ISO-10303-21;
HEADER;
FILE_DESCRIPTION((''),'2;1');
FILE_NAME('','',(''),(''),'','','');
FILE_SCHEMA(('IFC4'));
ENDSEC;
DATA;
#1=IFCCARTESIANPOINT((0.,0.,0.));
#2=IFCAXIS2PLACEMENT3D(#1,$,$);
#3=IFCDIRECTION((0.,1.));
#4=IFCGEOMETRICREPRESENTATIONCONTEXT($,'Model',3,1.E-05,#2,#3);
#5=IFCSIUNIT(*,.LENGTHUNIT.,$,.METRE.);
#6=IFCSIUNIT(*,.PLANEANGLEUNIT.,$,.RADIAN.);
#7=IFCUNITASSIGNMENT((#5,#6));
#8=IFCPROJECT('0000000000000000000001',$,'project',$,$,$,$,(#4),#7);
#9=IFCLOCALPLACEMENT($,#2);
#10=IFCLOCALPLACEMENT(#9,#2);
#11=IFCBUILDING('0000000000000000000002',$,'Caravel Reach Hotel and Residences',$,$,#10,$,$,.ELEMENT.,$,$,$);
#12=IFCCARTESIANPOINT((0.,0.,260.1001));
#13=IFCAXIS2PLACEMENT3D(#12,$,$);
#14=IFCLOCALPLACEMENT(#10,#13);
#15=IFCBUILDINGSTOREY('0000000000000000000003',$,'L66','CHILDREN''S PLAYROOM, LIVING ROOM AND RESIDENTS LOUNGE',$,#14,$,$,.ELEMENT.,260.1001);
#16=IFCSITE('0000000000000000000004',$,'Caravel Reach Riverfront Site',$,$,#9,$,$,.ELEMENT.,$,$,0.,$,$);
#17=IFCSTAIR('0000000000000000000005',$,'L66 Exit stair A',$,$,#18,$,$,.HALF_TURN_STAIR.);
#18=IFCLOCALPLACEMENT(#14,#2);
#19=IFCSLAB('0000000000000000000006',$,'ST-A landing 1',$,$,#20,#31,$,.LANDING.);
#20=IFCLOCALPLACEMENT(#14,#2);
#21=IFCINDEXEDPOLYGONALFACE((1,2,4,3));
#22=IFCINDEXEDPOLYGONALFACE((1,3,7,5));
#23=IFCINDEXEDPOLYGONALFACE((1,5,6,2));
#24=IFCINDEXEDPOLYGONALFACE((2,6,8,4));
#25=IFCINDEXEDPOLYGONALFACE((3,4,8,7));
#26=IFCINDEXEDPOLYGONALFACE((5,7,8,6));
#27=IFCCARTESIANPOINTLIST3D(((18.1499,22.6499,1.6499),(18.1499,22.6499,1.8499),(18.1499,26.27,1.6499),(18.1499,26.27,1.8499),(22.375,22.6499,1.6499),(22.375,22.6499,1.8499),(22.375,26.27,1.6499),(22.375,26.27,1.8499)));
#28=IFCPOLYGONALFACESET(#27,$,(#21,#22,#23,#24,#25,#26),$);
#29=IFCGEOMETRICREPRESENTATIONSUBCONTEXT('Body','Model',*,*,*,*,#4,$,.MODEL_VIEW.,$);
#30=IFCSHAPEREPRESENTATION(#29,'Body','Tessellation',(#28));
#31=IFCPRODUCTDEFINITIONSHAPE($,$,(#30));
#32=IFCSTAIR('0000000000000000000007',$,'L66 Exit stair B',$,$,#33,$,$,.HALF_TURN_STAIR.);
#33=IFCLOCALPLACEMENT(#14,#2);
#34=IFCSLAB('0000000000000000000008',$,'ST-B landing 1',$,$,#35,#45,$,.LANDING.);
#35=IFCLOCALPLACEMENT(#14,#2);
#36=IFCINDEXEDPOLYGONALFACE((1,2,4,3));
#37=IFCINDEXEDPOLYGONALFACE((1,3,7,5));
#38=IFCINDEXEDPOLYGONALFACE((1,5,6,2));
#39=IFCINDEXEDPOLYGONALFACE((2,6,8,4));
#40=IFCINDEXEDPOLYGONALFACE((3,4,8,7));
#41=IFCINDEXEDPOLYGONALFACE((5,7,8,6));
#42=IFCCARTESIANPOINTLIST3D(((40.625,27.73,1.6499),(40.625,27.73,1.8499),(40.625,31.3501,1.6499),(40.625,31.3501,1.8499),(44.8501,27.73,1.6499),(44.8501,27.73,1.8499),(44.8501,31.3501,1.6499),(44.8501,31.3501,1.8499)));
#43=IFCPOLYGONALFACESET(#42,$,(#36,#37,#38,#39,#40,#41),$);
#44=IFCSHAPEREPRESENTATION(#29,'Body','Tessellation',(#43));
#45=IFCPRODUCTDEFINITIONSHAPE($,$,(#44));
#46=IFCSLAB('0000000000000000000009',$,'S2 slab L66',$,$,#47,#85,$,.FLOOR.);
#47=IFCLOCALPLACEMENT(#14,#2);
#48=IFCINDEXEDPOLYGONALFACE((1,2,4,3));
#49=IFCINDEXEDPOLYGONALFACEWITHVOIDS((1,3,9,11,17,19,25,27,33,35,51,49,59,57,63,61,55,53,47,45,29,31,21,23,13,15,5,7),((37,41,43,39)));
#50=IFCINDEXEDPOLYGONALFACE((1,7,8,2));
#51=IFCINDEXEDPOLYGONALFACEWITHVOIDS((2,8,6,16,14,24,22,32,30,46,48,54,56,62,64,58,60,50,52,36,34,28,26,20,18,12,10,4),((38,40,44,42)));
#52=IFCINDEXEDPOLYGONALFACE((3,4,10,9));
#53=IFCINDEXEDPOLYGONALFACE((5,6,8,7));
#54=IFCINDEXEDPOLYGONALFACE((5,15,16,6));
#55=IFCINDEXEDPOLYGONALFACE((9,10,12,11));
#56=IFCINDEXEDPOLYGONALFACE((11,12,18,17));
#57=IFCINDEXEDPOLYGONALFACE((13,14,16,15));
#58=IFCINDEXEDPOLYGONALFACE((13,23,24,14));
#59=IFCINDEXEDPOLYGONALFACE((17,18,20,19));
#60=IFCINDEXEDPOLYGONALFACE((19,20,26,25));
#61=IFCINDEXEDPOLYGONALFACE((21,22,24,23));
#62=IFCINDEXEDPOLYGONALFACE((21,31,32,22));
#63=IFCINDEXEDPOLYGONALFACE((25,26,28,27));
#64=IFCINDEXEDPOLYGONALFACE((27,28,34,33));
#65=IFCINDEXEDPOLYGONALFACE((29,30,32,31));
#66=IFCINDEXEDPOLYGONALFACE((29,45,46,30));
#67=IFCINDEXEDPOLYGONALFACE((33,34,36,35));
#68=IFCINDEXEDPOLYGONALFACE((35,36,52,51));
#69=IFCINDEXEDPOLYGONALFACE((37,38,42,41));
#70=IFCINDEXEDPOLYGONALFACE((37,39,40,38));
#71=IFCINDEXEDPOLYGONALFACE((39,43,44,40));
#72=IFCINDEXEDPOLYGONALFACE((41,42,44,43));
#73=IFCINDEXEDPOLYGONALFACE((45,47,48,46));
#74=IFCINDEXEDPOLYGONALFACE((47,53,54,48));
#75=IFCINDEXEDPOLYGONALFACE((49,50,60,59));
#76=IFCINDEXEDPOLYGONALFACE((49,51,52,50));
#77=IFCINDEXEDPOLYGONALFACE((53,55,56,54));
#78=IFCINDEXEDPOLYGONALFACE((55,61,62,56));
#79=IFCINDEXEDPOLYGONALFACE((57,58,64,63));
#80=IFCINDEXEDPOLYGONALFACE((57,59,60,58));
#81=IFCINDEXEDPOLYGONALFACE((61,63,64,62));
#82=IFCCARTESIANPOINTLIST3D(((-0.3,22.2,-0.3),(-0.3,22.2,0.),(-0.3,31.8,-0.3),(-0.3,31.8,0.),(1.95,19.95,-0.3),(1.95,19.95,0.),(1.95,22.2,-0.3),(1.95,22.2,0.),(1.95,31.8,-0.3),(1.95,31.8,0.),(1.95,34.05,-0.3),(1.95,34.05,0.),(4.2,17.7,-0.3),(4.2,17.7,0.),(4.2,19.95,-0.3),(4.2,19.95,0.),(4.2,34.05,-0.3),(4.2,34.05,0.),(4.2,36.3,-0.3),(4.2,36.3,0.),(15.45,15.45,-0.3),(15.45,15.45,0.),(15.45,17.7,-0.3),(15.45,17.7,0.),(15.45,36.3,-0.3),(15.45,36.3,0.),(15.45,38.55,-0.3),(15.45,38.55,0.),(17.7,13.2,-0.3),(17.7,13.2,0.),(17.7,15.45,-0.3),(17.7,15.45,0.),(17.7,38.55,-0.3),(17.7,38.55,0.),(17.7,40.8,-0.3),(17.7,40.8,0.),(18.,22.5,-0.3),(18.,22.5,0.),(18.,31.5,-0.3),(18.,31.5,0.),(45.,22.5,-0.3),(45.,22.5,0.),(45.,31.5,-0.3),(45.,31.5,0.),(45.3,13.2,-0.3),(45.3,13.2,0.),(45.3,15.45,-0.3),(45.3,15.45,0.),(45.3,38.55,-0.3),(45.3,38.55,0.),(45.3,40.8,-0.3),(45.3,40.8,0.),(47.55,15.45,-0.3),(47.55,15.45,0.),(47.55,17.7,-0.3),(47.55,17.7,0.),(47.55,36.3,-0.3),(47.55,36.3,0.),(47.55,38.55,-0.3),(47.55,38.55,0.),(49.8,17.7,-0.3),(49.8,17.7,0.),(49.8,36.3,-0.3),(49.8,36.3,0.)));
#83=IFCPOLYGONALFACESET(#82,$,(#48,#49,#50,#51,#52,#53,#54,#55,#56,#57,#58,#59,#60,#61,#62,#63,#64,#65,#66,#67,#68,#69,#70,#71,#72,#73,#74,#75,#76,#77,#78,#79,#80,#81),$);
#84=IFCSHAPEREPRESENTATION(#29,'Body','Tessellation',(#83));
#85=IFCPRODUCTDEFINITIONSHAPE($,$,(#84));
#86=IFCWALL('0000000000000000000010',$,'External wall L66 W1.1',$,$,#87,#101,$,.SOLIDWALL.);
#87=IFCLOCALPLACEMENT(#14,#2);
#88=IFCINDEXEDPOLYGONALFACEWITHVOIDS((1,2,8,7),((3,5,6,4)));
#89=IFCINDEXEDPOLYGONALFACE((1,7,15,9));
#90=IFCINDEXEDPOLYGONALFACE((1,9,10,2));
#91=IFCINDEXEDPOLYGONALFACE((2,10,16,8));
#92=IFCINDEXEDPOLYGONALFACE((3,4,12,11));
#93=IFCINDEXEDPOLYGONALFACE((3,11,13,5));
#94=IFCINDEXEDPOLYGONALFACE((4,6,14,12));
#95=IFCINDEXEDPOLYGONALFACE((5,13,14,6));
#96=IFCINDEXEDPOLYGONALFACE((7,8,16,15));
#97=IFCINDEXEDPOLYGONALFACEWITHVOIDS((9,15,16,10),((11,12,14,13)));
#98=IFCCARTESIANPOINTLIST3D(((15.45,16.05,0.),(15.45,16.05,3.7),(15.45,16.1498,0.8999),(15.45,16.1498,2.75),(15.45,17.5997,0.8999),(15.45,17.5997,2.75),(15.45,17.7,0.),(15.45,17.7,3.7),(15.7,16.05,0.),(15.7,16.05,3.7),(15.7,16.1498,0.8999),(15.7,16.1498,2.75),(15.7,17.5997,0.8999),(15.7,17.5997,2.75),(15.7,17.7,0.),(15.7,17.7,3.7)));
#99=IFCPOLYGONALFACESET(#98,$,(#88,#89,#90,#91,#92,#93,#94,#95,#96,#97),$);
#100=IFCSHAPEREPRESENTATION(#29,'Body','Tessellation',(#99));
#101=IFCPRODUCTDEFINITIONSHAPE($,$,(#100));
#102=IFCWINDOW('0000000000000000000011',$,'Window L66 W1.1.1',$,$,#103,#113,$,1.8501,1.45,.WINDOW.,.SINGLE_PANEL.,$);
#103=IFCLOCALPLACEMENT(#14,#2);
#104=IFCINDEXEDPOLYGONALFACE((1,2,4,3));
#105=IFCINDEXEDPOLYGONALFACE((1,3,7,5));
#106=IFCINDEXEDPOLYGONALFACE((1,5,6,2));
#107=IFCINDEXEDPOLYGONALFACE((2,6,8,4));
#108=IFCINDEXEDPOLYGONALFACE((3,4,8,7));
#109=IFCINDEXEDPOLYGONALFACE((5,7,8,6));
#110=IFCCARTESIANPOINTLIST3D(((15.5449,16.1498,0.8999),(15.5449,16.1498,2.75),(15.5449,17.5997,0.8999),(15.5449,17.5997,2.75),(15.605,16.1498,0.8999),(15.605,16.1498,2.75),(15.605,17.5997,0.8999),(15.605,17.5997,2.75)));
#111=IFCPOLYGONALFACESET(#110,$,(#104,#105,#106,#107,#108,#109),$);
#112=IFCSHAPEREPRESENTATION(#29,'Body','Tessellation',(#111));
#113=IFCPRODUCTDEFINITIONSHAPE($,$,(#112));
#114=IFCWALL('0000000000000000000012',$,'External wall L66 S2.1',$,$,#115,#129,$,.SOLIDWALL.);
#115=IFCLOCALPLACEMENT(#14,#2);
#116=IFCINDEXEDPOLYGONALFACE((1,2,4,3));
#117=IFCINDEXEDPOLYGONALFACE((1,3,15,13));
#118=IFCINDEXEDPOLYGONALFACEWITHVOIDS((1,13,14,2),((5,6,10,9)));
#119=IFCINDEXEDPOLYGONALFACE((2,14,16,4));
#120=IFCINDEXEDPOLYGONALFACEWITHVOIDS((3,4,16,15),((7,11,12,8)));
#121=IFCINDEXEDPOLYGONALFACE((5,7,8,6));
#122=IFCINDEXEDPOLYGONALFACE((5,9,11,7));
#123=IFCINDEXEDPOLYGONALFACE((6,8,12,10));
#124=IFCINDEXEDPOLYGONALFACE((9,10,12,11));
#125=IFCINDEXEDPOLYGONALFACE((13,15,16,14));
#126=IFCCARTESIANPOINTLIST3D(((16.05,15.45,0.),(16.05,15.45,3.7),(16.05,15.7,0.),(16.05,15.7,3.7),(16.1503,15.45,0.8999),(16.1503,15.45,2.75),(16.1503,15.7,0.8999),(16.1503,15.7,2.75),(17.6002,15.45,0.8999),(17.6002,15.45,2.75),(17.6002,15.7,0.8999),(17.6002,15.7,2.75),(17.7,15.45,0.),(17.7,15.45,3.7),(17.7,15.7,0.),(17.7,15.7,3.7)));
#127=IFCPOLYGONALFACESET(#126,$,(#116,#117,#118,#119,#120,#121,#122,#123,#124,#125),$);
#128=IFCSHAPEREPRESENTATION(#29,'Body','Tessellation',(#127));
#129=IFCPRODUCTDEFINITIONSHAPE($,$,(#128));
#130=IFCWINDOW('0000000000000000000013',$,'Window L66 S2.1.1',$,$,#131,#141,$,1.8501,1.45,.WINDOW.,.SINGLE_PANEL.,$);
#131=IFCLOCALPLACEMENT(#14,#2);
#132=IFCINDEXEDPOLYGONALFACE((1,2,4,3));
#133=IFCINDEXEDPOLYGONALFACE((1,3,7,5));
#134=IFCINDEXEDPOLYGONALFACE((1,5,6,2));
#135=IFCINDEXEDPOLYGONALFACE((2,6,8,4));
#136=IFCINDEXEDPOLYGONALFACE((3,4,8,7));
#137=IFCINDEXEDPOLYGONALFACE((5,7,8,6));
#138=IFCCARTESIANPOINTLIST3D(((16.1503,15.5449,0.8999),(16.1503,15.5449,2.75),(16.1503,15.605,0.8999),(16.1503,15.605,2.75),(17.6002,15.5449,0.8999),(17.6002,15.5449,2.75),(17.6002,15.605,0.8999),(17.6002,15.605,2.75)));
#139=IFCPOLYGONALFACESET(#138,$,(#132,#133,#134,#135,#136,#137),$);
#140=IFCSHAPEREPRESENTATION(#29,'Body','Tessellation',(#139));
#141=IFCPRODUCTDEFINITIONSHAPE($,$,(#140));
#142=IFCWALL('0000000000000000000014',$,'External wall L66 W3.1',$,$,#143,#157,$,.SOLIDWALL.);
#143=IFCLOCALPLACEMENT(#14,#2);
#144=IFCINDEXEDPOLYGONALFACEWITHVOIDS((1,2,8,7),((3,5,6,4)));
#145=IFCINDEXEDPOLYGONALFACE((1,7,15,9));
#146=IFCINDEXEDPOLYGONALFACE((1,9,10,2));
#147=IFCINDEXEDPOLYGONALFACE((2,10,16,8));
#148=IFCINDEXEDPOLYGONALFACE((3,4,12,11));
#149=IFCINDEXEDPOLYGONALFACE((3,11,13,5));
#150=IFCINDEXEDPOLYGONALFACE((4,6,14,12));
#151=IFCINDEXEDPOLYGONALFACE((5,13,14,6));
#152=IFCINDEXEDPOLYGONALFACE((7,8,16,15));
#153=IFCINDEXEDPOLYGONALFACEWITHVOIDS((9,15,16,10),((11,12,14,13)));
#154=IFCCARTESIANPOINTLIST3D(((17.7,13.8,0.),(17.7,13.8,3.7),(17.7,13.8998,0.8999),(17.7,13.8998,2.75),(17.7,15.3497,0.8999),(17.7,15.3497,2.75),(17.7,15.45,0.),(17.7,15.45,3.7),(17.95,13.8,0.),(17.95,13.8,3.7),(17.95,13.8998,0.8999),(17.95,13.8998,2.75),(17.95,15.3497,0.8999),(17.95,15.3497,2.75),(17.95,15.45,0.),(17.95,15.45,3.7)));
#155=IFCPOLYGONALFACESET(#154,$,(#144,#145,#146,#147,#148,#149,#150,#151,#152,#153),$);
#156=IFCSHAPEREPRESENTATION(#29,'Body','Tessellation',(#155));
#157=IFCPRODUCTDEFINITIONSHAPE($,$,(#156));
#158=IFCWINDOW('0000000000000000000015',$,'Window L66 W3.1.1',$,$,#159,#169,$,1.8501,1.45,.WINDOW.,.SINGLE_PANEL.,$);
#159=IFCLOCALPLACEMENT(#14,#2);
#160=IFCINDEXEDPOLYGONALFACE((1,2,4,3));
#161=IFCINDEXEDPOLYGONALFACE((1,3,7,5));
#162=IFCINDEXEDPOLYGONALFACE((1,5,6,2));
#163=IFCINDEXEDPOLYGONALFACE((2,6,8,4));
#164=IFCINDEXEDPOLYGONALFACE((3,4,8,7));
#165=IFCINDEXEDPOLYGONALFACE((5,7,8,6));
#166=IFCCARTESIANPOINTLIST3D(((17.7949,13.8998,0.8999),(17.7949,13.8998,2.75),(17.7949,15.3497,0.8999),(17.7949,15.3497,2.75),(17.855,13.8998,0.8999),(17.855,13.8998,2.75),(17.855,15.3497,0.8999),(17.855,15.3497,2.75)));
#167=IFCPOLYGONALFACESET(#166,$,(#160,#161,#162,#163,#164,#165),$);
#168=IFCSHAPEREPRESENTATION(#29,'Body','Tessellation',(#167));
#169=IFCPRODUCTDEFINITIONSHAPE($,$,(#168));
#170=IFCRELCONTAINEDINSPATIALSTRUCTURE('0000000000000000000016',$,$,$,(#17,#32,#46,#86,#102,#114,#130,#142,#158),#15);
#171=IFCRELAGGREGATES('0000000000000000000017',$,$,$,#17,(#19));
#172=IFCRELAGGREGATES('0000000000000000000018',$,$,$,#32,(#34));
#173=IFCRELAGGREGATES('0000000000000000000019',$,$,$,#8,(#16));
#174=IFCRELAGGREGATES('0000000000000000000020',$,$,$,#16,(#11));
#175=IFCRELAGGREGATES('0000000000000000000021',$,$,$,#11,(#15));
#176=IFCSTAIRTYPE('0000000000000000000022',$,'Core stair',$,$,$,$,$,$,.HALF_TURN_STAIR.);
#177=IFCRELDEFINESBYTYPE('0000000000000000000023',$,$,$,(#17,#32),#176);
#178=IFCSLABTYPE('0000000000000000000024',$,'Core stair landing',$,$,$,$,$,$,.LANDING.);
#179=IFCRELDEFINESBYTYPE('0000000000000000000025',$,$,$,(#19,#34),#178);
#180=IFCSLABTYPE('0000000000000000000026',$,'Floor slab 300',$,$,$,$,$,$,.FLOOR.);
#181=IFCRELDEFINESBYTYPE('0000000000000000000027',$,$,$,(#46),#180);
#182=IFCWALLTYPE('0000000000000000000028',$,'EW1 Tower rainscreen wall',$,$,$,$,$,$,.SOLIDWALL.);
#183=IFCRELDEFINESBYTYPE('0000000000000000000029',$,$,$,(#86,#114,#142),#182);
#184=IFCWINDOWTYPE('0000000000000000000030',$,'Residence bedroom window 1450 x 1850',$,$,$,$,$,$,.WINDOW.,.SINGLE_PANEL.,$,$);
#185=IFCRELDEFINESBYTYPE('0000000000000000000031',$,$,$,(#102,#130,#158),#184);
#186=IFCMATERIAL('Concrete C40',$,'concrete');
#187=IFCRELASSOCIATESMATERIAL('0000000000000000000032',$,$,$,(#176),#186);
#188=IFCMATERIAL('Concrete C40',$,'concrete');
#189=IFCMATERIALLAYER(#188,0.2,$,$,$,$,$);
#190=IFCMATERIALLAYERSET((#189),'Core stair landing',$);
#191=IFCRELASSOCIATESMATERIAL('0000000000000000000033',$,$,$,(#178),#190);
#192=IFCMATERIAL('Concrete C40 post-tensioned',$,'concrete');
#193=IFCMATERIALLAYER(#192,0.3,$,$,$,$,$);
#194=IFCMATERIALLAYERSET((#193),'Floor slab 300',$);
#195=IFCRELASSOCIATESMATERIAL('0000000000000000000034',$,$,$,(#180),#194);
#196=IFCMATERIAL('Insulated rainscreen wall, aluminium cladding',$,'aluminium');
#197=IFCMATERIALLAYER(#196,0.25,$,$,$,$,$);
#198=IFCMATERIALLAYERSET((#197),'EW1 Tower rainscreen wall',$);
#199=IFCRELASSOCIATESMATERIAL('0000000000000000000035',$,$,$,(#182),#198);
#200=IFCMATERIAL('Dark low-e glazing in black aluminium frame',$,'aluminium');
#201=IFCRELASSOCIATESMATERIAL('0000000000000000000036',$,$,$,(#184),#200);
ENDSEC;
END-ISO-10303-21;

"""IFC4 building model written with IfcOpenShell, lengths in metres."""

from ifc_helpers import new_model, si_unit, direction, frame, frame_2d, origin, place, context, subcontext, project, spatial, polyline, rectangle, outline, extrude, material, layer, layer_set, type_object, element, fill, aggregate, save


model = new_model("IFC4")

# Units and contexts
model_context = context("Model", 3, precision=1e-05, world=origin(), true_north=direction((0.0, 1.0)))
body_context = subcontext(model_context, "Body", "Model", "MODEL_VIEW")
ifc_project = project(units=[si_unit("LENGTHUNIT", "METRE"), si_unit("PLANEANGLEUNIT", "RADIAN")], contexts=[model_context])

# Site, building, storey
site_placement = place(None, origin())
site = spatial("IfcSite", under=ifc_project, at=site_placement, Name="Caravel Reach Riverfront Site", CompositionType="ELEMENT", RefElevation=0.0)
building_placement = place(site_placement, origin())
building = spatial("IfcBuilding", under=site, at=building_placement, Name="Caravel Reach Hotel and Residences", CompositionType="ELEMENT")
storey_placement = place(building_placement, frame((0.0, 0.0, 260.1001)))
storey = spatial("IfcBuildingStorey", under=building, at=storey_placement, Name="L66", Description="CHILDREN'S PLAYROOM, LIVING ROOM AND RESIDENTS LOUNGE", CompositionType="ELEMENT", Elevation=260.1001)

# Stairs, slabs
ifc_material_1 = material(Name="Concrete C40", Category="concrete")
stair_type = type_object("IfcStairType", Name="Core stair", PredefinedType="HALF_TURN_STAIR", material=ifc_material_1)
stair_1_placement = place(storey_placement, origin())
stair_1 = element("IfcStair", 1, at=stair_1_placement, inside=storey, type_object=stair_type, Name="L66 Exit stair A", PredefinedType="HALF_TURN_STAIR")
ifc_material_2 = material(Name="Concrete C40", Category="concrete")
ifc_layer_1 = layer(ifc_material_2, 0.2)
ifc_layer_set_1 = layer_set([ifc_layer_1], Name="Core stair landing")
slab_type_1 = type_object("IfcSlabType", Name="Core stair landing", PredefinedType="LANDING", material=ifc_layer_set_1)
slab_1_placement = place(storey_placement, frame((0.0, 0.0, 1.6499)))
slab_1 = element("IfcSlab", 2, at=slab_1_placement, type_object=slab_type_1, Name="ST-A landing 1", PredefinedType="LANDING", context=body_context, shape_type="SweptSolid", body=[
    extrude(outline(polyline([(18.1499, 26.27), (18.1499, 22.6499), (22.375, 22.6499), (22.375, 26.27), (18.1499, 26.27)])), origin(), (0.0, 0.0, 1.0), 0.2),
])
aggregate(stair_1, [slab_1])
stair_2_placement = place(storey_placement, origin())
stair_2 = element("IfcStair", 3, at=stair_2_placement, inside=storey, type_object=stair_type, Name="L66 Exit stair B", PredefinedType="HALF_TURN_STAIR")
slab_2_placement = place(storey_placement, frame((0.0, 0.0, 1.6499)))
slab_2 = element("IfcSlab", 4, at=slab_2_placement, type_object=slab_type_1, Name="ST-B landing 1", PredefinedType="LANDING", context=body_context, shape_type="SweptSolid", body=[
    extrude(outline(polyline([(44.8501, 27.73), (44.8501, 31.3501), (40.625, 31.3501), (40.625, 27.73), (44.8501, 27.73)])), origin(), (0.0, 0.0, 1.0), 0.2),
])
aggregate(stair_2, [slab_2])

# Slab
ifc_material_3 = material(Name="Concrete C40 post-tensioned", Category="concrete")
ifc_layer_2 = layer(ifc_material_3, 0.3)
ifc_layer_set_2 = layer_set([ifc_layer_2], Name="Floor slab 300")
slab_type_2 = type_object("IfcSlabType", Name="Floor slab 300", PredefinedType="FLOOR", material=ifc_layer_set_2)
slab_3_placement = place(storey_placement, frame((0.0, 0.0, -0.3)))
element("IfcSlab", 5, at=slab_3_placement, inside=storey, type_object=slab_type_2, Name="S2 slab L66", PredefinedType="FLOOR", context=body_context, shape_type="SweptSolid", body=[
    extrude(outline(polyline([(4.2, 19.95), (1.95, 19.95), (1.95, 22.2), (-0.3, 22.2), (-0.3, 31.8), (1.95, 31.8), (1.95, 34.05), (4.2, 34.05), (4.2, 36.3), (15.45, 36.3), (15.45, 38.55), (17.7, 38.55), (17.7, 40.8), (45.3, 40.8), (45.3, 38.55), (47.55, 38.55), (47.55, 36.3), (49.8, 36.3), (49.8, 17.7), (47.55, 17.7), (47.55, 15.45), (45.3, 15.45), (45.3, 13.2), (17.7, 13.2), (17.7, 15.45), (15.45, 15.45), (15.45, 17.7), (4.2, 17.7), (4.2, 19.95)]), holes=[polyline([(45.0, 31.5), (18.0, 31.5), (18.0, 22.5), (45.0, 22.5), (45.0, 31.5)])]), origin(), (0.0, 0.0, 1.0), 0.3),
])

# Walls, openings, windows
ifc_material_4 = material(Name="Insulated rainscreen wall, aluminium cladding", Category="aluminium")
ifc_layer_3 = layer(ifc_material_4, 0.25)
ifc_layer_set_3 = layer_set([ifc_layer_3], Name="EW1 Tower rainscreen wall")
wall_type_1 = type_object("IfcWallType", Name="EW1 Tower rainscreen wall", PredefinedType="SOLIDWALL", material=ifc_layer_set_3)
wall_1_placement = place(storey_placement, frame((15.575, 17.7, 0.0), z_axis=(0.0, 0.0, 1.0), x_axis=(0.0, -1.0, 0.0)))
wall_1 = element("IfcWall", 6, at=wall_1_placement, inside=storey, type_object=wall_type_1, Name="External wall L66 W1.1", PredefinedType="SOLIDWALL", context=body_context, shape_type="SweptSolid", body=[
    extrude(rectangle(XDim=1.6499, YDim=0.25, at=frame_2d((0.825, 0.0))), origin(), (0.0, 0.0, 1.0), 3.7),
])
opening_1_placement = place(wall_1_placement, frame((0.1001, 0.0, 0.8999)))
opening_1 = element("IfcOpeningElement", 7, at=opening_1_placement, cuts=wall_1, PredefinedType="OPENING", context=body_context, shape_type="SweptSolid", body=[
    extrude(rectangle(XDim=1.45, YDim=1.8501, at=frame_2d((0.7251, 0.925))), frame((0.0, 0.135, 0.0), z_axis=(0.0, -1.0, 0.0), x_axis=(1.0, 0.0, 0.0)), (0.0, 0.0, 1.0), 0.27),
])
ifc_material_5 = material(Name="Dark low-e glazing in black aluminium frame", Category="aluminium")
window_type_1 = type_object("IfcWindowType", Name="Residence bedroom window 1450 x 1850", PartitioningType="SINGLE_PANEL", PredefinedType="WINDOW", material=ifc_material_5)
window_1_placement = place(opening_1_placement, origin())
window_1 = element("IfcWindow", 8, at=window_1_placement, inside=storey, type_object=window_type_1, Name="Window L66 W1.1.1", OverallHeight=1.8501, OverallWidth=1.45, PartitioningType="SINGLE_PANEL", PredefinedType="WINDOW", context=body_context, shape_type="SweptSolid", body=[
    extrude(rectangle(XDim=1.45, YDim=1.8501, at=frame_2d((0.7251, 0.925))), frame((0.0, 0.03, 0.0), z_axis=(0.0, -1.0, 0.0), x_axis=(1.0, 0.0, 0.0)), (0.0, 0.0, 1.0), 0.0601),
])
fill(opening_1, window_1)
wall_2_placement = place(storey_placement, frame((16.05, 15.575, 0.0), z_axis=(0.0, 0.0, 1.0), x_axis=(1.0, 0.0, 0.0)))
wall_2 = element("IfcWall", 9, at=wall_2_placement, inside=storey, type_object=wall_type_1, Name="External wall L66 S2.1", PredefinedType="SOLIDWALL", context=body_context, shape_type="SweptSolid", body=[
    extrude(rectangle(XDim=1.6499, YDim=0.25, at=frame_2d((0.825, 0.0))), origin(), (0.0, 0.0, 1.0), 3.7),
])
opening_2_placement = place(wall_2_placement, frame((0.1001, 0.0, 0.8999)))
opening_2 = element("IfcOpeningElement", 10, at=opening_2_placement, cuts=wall_2, PredefinedType="OPENING", context=body_context, shape_type="SweptSolid", body=[
    extrude(rectangle(XDim=1.45, YDim=1.8501, at=frame_2d((0.7251, 0.925))), frame((0.0, 0.135, 0.0), z_axis=(0.0, -1.0, 0.0), x_axis=(1.0, 0.0, 0.0)), (0.0, 0.0, 1.0), 0.27),
])
window_2_placement = place(opening_2_placement, origin())
window_2 = element("IfcWindow", 11, at=window_2_placement, inside=storey, type_object=window_type_1, Name="Window L66 S2.1.1", OverallHeight=1.8501, OverallWidth=1.45, PartitioningType="SINGLE_PANEL", PredefinedType="WINDOW", context=body_context, shape_type="SweptSolid", body=[
    extrude(rectangle(XDim=1.45, YDim=1.8501, at=frame_2d((0.7251, 0.925))), frame((0.0, 0.03, 0.0), z_axis=(0.0, -1.0, 0.0), x_axis=(1.0, 0.0, 0.0)), (0.0, 0.0, 1.0), 0.0601),
])
fill(opening_2, window_2)
wall_3_placement = place(storey_placement, frame((17.825, 15.45, 0.0), z_axis=(0.0, 0.0, 1.0), x_axis=(0.0, -1.0, 0.0)))
wall_3 = element("IfcWall", 12, at=wall_3_placement, inside=storey, type_object=wall_type_1, Name="External wall L66 W3.1", PredefinedType="SOLIDWALL", context=body_context, shape_type="SweptSolid", body=[
    extrude(rectangle(XDim=1.6499, YDim=0.25, at=frame_2d((0.825, 0.0))), origin(), (0.0, 0.0, 1.0), 3.7),
])
opening_3_placement = place(wall_3_placement, frame((0.1001, 0.0, 0.8999)))
opening_3 = element("IfcOpeningElement", 13, at=opening_3_placement, cuts=wall_3, PredefinedType="OPENING", context=body_context, shape_type="SweptSolid", body=[
    extrude(rectangle(XDim=1.45, YDim=1.8501, at=frame_2d((0.7251, 0.925))), frame((0.0, 0.135, 0.0), z_axis=(0.0, -1.0, 0.0), x_axis=(1.0, 0.0, 0.0)), (0.0, 0.0, 1.0), 0.27),
])
window_3_placement = place(opening_3_placement, origin())
window_3 = element("IfcWindow", 14, at=window_3_placement, inside=storey, type_object=window_type_1, Name="Window L66 W3.1.1", OverallHeight=1.8501, OverallWidth=1.45, PartitioningType="SINGLE_PANEL", PredefinedType="WINDOW", context=body_context, shape_type="SweptSolid", body=[
    extrude(rectangle(XDim=1.45, YDim=1.8501, at=frame_2d((0.7251, 0.925))), frame((0.0, 0.03, 0.0), z_axis=(0.0, -1.0, 0.0), x_axis=(1.0, 0.0, 0.0)), (0.0, 0.0, 1.0), 0.0601),
])
fill(opening_3, window_3)

save(model, "model.ifc")
